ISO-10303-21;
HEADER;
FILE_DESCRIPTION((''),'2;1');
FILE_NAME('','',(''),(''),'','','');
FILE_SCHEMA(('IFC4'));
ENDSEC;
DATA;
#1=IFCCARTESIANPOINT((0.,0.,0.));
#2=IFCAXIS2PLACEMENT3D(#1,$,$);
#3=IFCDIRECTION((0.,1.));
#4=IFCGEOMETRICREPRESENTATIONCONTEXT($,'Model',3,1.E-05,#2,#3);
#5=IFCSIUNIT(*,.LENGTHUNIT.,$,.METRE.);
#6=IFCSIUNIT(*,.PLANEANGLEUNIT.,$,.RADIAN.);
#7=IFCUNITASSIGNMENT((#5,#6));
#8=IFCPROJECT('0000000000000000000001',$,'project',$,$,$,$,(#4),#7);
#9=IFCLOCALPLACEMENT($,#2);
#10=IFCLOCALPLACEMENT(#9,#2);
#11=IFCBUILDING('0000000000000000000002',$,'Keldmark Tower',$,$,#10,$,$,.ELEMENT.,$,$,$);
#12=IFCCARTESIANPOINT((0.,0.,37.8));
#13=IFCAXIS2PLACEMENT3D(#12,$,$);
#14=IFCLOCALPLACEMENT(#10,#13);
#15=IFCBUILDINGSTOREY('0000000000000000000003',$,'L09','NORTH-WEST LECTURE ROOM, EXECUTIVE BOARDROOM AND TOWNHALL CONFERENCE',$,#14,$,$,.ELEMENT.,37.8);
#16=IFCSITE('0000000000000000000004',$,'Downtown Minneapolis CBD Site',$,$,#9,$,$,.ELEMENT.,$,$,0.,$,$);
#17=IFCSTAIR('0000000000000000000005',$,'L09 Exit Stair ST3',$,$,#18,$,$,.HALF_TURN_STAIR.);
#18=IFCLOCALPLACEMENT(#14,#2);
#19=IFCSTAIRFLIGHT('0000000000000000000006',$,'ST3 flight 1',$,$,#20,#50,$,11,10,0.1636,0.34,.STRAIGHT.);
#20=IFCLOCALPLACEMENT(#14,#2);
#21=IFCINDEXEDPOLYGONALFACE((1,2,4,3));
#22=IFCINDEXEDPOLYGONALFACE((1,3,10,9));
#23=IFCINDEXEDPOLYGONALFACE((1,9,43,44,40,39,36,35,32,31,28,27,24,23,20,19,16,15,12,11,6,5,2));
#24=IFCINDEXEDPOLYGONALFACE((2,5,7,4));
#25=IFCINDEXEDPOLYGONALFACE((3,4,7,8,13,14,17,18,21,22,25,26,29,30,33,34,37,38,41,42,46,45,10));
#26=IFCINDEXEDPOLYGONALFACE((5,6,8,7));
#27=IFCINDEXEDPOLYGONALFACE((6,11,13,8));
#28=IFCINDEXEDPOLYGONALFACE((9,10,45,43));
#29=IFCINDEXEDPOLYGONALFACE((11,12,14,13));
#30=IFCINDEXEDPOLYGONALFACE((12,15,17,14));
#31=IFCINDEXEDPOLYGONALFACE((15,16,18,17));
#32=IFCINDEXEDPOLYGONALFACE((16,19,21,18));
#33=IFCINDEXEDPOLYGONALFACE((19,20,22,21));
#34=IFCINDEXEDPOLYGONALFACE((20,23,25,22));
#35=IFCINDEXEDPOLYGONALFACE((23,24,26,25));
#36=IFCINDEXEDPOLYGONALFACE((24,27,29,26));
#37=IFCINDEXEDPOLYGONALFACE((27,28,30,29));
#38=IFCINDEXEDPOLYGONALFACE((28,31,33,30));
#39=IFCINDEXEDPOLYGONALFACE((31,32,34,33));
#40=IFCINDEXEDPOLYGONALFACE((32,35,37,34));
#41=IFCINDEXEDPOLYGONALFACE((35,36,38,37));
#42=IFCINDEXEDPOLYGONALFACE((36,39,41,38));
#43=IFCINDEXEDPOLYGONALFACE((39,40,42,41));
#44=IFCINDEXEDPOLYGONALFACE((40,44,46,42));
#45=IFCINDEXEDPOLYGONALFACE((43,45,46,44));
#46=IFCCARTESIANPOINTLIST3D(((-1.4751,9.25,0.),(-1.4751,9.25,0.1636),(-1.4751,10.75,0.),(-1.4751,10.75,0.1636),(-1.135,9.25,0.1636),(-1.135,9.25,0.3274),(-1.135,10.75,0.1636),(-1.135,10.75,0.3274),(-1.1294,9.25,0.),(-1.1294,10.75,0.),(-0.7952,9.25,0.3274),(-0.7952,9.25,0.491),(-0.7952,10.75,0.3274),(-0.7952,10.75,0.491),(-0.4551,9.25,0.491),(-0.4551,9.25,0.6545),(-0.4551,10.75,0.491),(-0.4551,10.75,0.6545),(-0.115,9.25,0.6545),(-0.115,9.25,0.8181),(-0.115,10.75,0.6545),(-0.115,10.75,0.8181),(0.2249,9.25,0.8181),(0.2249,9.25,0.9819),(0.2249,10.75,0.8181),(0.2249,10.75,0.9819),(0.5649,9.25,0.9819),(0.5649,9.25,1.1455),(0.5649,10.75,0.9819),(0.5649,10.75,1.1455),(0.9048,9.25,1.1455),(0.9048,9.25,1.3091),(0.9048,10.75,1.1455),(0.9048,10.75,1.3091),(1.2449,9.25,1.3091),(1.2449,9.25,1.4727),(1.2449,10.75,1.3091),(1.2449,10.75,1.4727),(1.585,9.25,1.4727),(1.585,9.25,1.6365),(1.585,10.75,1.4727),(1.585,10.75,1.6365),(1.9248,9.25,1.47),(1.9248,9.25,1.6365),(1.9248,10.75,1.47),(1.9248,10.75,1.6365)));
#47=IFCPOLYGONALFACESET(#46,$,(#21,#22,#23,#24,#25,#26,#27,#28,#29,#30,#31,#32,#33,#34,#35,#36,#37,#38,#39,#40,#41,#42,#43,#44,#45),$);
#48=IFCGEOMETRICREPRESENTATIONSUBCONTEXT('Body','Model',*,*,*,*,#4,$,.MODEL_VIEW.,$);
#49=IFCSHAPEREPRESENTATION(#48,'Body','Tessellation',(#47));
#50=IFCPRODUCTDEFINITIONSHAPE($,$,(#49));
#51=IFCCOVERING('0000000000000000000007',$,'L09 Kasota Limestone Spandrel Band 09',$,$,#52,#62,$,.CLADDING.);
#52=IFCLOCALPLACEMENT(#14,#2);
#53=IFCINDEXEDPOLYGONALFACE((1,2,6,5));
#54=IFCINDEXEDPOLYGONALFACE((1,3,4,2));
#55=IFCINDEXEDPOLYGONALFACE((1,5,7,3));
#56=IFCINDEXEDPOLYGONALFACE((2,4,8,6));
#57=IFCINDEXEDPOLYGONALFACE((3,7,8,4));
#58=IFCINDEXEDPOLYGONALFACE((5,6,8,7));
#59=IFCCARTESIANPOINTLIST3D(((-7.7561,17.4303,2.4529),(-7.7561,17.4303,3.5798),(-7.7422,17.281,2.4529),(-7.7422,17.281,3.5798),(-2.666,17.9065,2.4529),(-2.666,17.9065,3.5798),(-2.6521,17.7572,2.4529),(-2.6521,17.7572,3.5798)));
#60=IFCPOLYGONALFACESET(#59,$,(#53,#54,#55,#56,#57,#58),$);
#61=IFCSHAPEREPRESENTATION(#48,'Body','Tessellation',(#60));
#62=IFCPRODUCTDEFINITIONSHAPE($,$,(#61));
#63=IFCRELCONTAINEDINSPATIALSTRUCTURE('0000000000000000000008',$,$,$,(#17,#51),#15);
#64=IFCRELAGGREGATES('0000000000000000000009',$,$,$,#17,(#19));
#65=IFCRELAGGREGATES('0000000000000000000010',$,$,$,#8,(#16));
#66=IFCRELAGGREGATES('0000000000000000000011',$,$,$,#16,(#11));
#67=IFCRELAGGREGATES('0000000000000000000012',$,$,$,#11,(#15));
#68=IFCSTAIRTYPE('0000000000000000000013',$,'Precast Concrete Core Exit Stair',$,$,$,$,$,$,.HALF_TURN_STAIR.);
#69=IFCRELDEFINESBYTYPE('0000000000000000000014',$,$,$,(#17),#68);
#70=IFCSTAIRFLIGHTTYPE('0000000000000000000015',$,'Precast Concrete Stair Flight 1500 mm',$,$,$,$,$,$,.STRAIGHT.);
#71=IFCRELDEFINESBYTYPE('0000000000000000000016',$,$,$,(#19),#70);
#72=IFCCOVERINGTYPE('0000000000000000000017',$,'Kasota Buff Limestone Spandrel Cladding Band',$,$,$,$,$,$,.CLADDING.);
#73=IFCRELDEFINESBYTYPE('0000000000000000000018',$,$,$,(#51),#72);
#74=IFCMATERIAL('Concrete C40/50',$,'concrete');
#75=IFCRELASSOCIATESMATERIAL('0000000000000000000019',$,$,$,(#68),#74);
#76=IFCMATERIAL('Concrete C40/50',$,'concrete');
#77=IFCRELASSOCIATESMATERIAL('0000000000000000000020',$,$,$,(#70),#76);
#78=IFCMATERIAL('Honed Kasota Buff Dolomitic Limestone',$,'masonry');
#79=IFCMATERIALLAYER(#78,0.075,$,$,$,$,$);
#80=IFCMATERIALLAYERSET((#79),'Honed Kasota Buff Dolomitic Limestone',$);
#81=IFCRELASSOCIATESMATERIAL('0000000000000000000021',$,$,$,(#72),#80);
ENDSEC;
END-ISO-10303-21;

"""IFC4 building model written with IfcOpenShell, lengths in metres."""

from ifc_helpers import new_model, si_unit, direction, frame, origin, origin_2d, place, context, subcontext, project, spatial, polyline, rectangle, outline, extrude, material, layer, layer_set, type_object, element, aggregate, save


model = new_model("IFC4")

# Units and contexts
model_context = context("Model", 3, precision=1e-05, world=origin(), true_north=direction((0.0, 1.0)))
body_context = subcontext(model_context, "Body", "Model", "MODEL_VIEW")
ifc_project = project(units=[si_unit("LENGTHUNIT", "METRE"), si_unit("PLANEANGLEUNIT", "RADIAN")], contexts=[model_context])

# Site, building, storey
site_placement = place(None, origin())
site = spatial("IfcSite", under=ifc_project, at=site_placement, Name="Downtown Minneapolis CBD Site", CompositionType="ELEMENT", RefElevation=0.0)
building_placement = place(site_placement, origin())
building = spatial("IfcBuilding", under=site, at=building_placement, Name="Keldmark Tower", CompositionType="ELEMENT")
storey_placement = place(building_placement, frame((0.0, 0.0, 37.8)))
storey = spatial("IfcBuildingStorey", under=building, at=storey_placement, Name="L09", Description="NORTH-WEST LECTURE ROOM, EXECUTIVE BOARDROOM AND TOWNHALL CONFERENCE", CompositionType="ELEMENT", Elevation=37.8)

# Stair, stair flight
ifc_material_1 = material(Name="Concrete C40/50", Category="concrete")
stair_type = type_object("IfcStairType", Name="Precast Concrete Core Exit Stair", PredefinedType="HALF_TURN_STAIR", material=ifc_material_1)
stair_placement = place(storey_placement, origin())
stair = element("IfcStair", 1, at=stair_placement, inside=storey, type_object=stair_type, Name="L09 Exit Stair ST3", PredefinedType="HALF_TURN_STAIR")
ifc_material_2 = material(Name="Concrete C40/50", Category="concrete")
stair_flight_type = type_object("IfcStairFlightType", Name="Precast Concrete Stair Flight 1500 mm", PredefinedType="STRAIGHT", material=ifc_material_2)
stair_flight_placement = place(storey_placement, frame((-1.4751, 10.0, 0.0), z_axis=(0.0, 0.0, 1.0), x_axis=(1.0, 0.0, 0.0)))
stair_flight = element("IfcStairFlight", 2, at=stair_flight_placement, type_object=stair_flight_type, Name="ST3 flight 1", NumberOfRisers=11, NumberOfTreads=10, PredefinedType="STRAIGHT", RiserHeight=0.1636, TreadLength=0.34, context=body_context, shape_type="SweptSolid", body=[
    extrude(outline(polyline([(0.0, 0.0), (0.0, 0.1636), (0.3401, 0.1636), (0.3401, 0.3274), (0.6799, 0.3274), (0.6799, 0.491), (1.02, 0.491), (1.02, 0.6545), (1.3601, 0.6545), (1.3601, 0.8181), (1.7, 0.8181), (1.7, 0.9819), (2.04, 0.9819), (2.04, 1.1455), (2.3799, 1.1455), (2.3799, 1.3091), (2.72, 1.3091), (2.72, 1.4727), (3.0601, 1.4727), (3.0601, 1.6365), (3.3999, 1.6365), (3.3999, 1.8), (3.3999, 1.47), (0.3457, 0.0), (0.0, 0.0)])), frame((0.0, 0.75, 0.0), z_axis=(0.0, -1.0, 0.0), x_axis=(1.0, 0.0, 0.0)), (0.0, 0.0, 1.0), 1.5),
])
aggregate(stair, [stair_flight])

# Covering
ifc_material_3 = material(Name="Honed Kasota Buff Dolomitic Limestone", Category="masonry")
ifc_layer_1 = layer(ifc_material_3, 0.075)
ifc_layer_set_1 = layer_set([ifc_layer_1], Name="Honed Kasota Buff Dolomitic Limestone")
covering_type = type_object("IfcCoveringType", Name="Kasota Buff Limestone Spandrel Cladding Band", PredefinedType="CLADDING", material=ifc_layer_set_1)
covering_placement = place(storey_placement, frame((-5.2041, 17.5938, 2.4529), z_axis=(0.0, 0.0, 1.0), x_axis=(-0.995652, -0.093153, 0.0)))
element("IfcCovering", 3, at=covering_placement, inside=storey, type_object=covering_type, Name="L09 Kasota Limestone Spandrel Band 09", PredefinedType="CLADDING", context=body_context, shape_type="SweptSolid", body=[
    extrude(rectangle(XDim=5.1123, YDim=0.1499, at=origin_2d()), origin(), (0.0, 0.0, 1.0), 1.127),
])

save(model, "model.ifc")
